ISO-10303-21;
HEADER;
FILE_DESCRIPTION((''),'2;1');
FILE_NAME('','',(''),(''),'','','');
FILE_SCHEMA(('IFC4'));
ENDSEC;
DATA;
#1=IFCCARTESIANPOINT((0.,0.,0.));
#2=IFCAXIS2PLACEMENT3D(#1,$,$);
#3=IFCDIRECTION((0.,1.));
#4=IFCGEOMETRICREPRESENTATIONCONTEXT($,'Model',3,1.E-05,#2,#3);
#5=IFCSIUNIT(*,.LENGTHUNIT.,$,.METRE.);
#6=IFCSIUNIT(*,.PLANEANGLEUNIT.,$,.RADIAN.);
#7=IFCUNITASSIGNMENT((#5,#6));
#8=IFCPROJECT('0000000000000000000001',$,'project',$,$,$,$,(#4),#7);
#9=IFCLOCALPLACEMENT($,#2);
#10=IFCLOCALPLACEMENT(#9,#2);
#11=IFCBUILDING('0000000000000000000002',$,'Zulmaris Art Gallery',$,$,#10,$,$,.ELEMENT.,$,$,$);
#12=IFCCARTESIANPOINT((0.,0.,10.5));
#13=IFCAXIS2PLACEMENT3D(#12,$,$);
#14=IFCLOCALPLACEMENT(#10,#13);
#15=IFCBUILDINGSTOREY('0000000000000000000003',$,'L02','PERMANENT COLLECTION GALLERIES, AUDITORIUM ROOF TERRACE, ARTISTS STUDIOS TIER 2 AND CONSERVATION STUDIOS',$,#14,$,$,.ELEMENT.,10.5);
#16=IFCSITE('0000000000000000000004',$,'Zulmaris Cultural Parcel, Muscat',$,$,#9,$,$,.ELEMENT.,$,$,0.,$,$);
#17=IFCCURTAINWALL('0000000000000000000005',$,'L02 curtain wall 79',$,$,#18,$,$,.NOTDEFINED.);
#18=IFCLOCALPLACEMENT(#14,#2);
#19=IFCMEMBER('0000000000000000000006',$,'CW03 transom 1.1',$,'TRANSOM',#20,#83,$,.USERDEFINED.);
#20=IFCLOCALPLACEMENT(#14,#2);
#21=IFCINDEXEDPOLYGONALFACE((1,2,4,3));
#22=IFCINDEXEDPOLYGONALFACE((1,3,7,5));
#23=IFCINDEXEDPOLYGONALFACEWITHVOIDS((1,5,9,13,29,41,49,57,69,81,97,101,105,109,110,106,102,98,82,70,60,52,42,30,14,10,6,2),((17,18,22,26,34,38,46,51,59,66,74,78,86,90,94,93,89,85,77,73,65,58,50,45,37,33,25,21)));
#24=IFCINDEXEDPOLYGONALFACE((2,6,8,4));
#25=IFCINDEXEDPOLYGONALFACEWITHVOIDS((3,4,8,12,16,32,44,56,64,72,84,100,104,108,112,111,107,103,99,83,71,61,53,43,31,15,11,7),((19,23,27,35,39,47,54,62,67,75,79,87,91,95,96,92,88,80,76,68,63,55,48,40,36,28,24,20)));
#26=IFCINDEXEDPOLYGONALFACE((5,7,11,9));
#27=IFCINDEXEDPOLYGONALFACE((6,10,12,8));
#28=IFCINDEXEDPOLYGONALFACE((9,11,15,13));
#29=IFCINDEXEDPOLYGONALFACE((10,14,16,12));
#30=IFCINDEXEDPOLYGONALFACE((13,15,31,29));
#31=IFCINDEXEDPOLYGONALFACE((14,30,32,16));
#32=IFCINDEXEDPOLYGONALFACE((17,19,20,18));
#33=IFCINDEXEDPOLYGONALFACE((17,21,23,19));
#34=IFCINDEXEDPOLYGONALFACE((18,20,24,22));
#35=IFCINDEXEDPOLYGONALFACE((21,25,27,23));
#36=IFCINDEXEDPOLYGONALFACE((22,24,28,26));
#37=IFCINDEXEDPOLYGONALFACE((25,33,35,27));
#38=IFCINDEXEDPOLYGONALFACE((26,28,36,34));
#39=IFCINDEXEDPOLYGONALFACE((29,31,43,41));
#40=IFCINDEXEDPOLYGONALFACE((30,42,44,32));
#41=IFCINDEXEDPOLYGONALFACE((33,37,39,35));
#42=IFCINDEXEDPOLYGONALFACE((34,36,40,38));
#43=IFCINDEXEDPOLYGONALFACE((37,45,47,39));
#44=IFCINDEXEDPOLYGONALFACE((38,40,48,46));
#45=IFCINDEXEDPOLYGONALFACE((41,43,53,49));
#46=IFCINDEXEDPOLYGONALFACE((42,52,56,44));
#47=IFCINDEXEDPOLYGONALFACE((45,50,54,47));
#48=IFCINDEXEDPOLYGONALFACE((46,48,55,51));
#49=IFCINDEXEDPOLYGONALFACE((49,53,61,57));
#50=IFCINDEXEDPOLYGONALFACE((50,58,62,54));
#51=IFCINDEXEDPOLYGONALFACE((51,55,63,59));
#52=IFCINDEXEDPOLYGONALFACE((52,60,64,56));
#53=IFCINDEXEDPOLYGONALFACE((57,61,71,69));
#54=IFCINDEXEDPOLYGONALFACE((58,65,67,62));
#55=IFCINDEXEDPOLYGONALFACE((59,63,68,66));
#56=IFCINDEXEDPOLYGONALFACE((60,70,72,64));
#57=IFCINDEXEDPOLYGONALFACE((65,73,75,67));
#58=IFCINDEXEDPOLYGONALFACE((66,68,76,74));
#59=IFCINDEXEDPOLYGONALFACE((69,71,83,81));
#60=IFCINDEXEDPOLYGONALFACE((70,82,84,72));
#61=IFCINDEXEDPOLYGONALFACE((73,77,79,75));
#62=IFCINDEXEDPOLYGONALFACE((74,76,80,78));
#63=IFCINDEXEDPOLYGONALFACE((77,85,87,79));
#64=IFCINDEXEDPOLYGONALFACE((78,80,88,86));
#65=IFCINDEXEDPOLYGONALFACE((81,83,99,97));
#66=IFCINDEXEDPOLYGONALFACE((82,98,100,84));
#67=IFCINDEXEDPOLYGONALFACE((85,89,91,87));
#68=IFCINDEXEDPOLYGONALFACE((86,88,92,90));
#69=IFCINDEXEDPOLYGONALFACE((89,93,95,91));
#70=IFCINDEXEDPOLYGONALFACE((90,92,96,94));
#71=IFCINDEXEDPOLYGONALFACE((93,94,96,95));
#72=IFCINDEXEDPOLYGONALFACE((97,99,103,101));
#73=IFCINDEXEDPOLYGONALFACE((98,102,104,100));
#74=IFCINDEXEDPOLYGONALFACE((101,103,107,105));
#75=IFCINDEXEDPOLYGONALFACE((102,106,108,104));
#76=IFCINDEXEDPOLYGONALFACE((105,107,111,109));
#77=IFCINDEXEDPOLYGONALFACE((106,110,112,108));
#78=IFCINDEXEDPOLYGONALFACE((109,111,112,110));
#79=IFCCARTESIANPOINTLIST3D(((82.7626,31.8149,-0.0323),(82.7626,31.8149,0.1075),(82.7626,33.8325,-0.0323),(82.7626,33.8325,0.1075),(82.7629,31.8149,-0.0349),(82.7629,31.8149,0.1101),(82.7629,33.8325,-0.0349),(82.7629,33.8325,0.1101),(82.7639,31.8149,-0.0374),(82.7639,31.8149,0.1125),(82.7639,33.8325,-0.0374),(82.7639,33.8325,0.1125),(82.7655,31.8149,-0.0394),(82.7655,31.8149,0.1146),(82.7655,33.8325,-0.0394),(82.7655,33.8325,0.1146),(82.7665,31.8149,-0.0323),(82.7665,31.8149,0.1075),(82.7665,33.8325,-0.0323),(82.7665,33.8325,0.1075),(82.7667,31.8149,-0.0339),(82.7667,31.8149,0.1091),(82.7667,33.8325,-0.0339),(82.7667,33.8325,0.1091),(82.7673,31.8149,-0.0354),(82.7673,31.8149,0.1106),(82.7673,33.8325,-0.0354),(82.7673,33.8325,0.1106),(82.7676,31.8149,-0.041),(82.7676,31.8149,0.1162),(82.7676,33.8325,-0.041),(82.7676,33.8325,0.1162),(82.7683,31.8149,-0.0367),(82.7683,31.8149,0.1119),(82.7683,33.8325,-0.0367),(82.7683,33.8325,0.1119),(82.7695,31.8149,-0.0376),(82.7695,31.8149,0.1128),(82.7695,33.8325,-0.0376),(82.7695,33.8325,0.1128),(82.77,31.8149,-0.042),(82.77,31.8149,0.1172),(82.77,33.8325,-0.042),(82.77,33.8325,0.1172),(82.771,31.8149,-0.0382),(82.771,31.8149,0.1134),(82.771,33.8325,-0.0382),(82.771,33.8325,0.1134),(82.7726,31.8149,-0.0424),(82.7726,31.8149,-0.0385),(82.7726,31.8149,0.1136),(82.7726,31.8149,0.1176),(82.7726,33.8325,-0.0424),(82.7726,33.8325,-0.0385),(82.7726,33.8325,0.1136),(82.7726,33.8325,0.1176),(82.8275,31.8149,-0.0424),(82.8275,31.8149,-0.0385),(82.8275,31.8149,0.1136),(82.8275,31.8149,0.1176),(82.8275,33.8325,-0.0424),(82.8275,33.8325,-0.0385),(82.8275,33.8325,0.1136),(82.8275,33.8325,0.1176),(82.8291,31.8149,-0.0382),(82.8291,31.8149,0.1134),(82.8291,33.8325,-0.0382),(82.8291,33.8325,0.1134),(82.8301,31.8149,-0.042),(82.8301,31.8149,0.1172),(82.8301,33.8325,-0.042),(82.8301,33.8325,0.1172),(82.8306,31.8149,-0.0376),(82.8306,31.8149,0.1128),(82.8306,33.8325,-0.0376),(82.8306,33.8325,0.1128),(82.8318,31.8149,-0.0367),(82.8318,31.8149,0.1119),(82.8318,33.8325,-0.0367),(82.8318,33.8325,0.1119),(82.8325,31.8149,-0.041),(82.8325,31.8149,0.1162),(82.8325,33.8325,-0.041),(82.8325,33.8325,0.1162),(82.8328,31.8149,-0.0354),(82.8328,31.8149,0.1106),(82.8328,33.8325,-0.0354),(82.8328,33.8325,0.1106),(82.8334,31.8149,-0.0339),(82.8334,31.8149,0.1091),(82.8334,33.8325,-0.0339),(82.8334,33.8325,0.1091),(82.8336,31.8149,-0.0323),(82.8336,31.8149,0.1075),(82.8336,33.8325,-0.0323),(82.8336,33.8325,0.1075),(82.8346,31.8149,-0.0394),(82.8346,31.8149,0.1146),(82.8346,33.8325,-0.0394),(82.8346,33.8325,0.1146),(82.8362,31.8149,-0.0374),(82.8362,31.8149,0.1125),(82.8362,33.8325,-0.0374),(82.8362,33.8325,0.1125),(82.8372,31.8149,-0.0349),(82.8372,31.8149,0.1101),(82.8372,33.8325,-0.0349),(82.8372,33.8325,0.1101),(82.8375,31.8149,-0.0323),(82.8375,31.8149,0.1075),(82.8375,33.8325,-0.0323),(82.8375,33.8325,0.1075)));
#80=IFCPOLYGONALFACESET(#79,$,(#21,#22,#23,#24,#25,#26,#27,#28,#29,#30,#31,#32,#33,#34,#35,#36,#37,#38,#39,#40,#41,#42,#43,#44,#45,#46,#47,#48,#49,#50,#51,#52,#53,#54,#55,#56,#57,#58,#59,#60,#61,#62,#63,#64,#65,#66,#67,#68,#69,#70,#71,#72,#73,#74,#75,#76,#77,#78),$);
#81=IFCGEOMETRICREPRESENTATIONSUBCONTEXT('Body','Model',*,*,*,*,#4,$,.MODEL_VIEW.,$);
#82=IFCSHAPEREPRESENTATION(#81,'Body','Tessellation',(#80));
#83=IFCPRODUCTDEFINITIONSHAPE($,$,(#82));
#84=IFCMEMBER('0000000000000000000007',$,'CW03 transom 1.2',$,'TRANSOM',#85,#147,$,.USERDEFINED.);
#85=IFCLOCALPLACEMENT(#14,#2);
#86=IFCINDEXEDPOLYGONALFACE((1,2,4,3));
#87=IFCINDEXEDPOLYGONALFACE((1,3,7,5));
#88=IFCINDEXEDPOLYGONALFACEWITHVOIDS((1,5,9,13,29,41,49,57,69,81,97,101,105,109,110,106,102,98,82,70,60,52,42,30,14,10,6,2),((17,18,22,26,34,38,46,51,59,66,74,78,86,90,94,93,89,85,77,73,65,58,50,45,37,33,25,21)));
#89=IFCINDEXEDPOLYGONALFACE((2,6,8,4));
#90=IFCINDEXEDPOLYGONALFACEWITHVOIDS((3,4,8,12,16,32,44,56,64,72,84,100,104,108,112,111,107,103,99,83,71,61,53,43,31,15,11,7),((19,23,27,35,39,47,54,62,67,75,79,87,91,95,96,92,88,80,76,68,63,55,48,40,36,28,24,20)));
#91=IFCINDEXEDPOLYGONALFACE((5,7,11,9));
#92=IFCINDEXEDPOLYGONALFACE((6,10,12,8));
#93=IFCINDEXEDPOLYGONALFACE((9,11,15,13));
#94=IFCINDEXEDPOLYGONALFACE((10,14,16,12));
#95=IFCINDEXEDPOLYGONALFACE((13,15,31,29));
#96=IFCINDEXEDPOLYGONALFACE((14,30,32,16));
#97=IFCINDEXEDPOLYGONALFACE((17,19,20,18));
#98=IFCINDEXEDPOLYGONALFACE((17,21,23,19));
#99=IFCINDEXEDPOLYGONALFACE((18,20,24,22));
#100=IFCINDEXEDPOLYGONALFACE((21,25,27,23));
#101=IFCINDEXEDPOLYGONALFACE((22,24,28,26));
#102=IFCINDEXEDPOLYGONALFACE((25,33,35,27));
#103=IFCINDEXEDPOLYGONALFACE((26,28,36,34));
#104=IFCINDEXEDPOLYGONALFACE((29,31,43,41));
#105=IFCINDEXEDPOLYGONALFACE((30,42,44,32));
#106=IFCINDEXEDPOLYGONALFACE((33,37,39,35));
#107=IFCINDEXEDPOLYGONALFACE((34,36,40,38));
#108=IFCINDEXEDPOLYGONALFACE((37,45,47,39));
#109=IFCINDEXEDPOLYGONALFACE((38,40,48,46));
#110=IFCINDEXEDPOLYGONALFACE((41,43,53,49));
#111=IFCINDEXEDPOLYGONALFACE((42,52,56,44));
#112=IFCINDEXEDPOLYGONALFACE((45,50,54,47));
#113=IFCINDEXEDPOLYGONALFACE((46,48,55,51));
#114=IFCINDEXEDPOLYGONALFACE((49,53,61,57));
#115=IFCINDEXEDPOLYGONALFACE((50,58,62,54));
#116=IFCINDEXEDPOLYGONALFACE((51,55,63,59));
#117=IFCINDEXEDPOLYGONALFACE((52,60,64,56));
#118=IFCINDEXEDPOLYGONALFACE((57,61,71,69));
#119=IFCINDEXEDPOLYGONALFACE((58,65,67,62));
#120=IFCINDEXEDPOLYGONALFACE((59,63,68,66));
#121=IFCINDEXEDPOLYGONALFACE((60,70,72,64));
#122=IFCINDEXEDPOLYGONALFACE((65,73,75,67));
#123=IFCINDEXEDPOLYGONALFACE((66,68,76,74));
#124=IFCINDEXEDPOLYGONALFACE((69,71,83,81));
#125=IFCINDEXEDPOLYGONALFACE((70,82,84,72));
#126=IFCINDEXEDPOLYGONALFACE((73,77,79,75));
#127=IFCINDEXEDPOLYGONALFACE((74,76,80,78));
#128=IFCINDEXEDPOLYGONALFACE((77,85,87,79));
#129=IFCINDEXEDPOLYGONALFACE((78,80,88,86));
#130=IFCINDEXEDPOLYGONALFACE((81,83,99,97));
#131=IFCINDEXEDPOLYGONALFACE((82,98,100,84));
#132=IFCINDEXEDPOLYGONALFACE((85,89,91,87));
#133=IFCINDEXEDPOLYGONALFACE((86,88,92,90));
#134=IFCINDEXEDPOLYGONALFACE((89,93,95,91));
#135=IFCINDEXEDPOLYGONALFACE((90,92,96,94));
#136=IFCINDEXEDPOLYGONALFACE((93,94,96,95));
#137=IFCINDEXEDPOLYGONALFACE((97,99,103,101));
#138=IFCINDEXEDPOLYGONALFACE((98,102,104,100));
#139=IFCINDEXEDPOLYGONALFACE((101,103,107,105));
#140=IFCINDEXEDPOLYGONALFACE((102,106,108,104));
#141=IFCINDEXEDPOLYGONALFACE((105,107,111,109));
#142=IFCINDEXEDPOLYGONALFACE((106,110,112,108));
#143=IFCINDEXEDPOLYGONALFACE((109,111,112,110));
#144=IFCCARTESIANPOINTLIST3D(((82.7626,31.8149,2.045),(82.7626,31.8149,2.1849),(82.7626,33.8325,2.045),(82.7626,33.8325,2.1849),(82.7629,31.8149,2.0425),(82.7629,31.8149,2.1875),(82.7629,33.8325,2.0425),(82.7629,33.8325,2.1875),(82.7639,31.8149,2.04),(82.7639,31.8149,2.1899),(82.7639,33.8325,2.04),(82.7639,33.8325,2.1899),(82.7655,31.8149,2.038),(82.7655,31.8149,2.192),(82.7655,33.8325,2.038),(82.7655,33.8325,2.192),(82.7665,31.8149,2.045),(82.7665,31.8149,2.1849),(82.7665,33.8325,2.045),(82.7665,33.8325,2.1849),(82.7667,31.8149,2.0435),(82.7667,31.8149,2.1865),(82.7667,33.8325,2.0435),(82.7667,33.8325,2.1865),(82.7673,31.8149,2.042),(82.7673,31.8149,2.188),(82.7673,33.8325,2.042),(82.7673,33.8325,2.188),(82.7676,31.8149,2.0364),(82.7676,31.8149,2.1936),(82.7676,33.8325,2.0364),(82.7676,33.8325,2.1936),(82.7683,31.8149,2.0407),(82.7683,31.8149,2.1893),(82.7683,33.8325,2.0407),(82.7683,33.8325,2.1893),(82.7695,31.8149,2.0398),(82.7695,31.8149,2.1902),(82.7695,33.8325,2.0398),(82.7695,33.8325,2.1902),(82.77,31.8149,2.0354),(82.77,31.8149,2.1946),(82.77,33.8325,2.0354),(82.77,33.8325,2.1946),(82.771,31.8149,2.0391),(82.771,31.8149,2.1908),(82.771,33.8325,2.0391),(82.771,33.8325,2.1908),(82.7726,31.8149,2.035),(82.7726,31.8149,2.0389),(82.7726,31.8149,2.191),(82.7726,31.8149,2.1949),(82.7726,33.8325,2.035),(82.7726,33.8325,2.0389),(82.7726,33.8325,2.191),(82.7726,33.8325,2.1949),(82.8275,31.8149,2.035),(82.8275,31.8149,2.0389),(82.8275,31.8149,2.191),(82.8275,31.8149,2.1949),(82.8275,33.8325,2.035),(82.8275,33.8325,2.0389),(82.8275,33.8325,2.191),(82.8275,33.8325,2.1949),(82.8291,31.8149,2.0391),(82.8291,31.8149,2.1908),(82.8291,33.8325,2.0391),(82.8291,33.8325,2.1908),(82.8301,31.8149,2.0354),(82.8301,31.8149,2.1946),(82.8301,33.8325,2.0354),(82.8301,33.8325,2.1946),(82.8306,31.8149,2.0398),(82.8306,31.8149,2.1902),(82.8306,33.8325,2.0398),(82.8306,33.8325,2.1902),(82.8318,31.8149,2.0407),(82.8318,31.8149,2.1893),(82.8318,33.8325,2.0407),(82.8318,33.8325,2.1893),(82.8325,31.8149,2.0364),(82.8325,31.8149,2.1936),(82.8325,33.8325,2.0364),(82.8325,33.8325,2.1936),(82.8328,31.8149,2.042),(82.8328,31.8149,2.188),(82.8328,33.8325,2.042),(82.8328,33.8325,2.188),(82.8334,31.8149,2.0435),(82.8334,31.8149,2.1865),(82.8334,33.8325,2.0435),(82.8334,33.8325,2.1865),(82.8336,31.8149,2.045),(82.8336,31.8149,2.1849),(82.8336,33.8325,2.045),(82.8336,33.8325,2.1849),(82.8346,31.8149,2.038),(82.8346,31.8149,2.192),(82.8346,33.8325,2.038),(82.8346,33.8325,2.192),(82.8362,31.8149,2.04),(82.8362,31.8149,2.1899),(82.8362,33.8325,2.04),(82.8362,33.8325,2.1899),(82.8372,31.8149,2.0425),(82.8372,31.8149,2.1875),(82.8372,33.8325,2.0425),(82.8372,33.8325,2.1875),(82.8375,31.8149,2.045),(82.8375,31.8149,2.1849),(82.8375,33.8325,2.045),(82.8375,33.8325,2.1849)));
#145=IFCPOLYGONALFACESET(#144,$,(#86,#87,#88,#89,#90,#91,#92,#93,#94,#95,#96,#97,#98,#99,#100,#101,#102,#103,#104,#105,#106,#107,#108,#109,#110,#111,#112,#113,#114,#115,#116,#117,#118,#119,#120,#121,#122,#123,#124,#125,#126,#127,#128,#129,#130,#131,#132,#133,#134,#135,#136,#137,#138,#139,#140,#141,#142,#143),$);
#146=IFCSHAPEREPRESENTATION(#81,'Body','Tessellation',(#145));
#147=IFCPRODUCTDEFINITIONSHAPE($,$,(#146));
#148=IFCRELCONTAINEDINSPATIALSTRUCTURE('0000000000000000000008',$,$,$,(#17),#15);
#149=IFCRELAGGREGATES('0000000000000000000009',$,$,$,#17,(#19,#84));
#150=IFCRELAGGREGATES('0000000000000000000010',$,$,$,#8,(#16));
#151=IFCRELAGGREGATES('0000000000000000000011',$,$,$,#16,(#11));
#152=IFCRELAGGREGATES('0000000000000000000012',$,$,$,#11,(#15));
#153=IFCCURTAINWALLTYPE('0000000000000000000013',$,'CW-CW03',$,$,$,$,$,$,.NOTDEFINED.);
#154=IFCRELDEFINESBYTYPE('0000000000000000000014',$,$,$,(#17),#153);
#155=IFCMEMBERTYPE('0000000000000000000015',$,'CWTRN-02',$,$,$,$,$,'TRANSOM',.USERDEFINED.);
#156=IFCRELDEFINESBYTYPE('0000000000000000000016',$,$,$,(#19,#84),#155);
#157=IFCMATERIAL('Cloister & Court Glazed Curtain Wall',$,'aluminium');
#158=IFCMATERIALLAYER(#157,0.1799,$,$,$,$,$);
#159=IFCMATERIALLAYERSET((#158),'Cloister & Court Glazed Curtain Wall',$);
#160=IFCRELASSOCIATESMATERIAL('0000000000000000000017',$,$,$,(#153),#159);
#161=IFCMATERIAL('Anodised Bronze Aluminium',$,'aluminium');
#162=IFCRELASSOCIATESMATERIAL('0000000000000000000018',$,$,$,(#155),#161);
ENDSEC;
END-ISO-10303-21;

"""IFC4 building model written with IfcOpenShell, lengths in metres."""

from ifc_helpers import new_model, si_unit, direction, frame, origin, origin_2d, place, context, subcontext, project, spatial, hollow_rectangle, extrude, material, layer, layer_set, material_profile, profile_set, type_object, element, aggregate, save


model = new_model("IFC4")

# Units and contexts
model_context = context("Model", 3, precision=1e-05, world=origin(), true_north=direction((0.0, 1.0)))
body_context = subcontext(model_context, "Body", "Model", "MODEL_VIEW")
ifc_project = project(units=[si_unit("LENGTHUNIT", "METRE"), si_unit("PLANEANGLEUNIT", "RADIAN")], contexts=[model_context])

# Site, building, storey
site_placement = place(None, origin())
site = spatial("IfcSite", under=ifc_project, at=site_placement, Name="Zulmaris Cultural Parcel, Muscat", CompositionType="ELEMENT", RefElevation=0.0)
building_placement = place(site_placement, origin())
building = spatial("IfcBuilding", under=site, at=building_placement, Name="Zulmaris Art Gallery", CompositionType="ELEMENT")
storey_placement = place(building_placement, frame((0.0, 0.0, 10.5)))
storey = spatial("IfcBuildingStorey", under=building, at=storey_placement, Name="L02", Description="PERMANENT COLLECTION GALLERIES, AUDITORIUM ROOF TERRACE, ARTISTS STUDIOS TIER 2 AND CONSERVATION STUDIOS", CompositionType="ELEMENT", Elevation=10.5)

# Curtain wall, members
ifc_material_1 = material(Name="Cloister & Court Glazed Curtain Wall", Category="aluminium")
ifc_layer_1 = layer(ifc_material_1, 0.1799)
ifc_layer_set_1 = layer_set([ifc_layer_1], Name="Cloister & Court Glazed Curtain Wall")
curtain_wall_type = type_object("IfcCurtainWallType", Name="CW-CW03", PredefinedType="NOTDEFINED", material=ifc_layer_set_1)
ifc_material_2 = material(Name="Anodised Bronze Aluminium", Category="aluminium")
ifc_material_profile_1 = material_profile(ifc_material_2, hollow_rectangle(XDim=0.075, YDim=0.1599, WallThickness=0.0039, InnerFilletRadius=0.0061, OuterFilletRadius=0.01, at=origin_2d()), Name="ALU 75x160x4")
ifc_profile_set_1 = profile_set([ifc_material_profile_1], Name="Anodised Bronze Aluminium")
member_type_1 = type_object("IfcMemberType", Name="CWTRN-02", ElementType="TRANSOM", PredefinedType="USERDEFINED", material=ifc_profile_set_1)
curtain_wall_1_placement = place(storey_placement, origin())
curtain_wall_1 = element("IfcCurtainWall", 1, at=curtain_wall_1_placement, inside=storey, type_object=curtain_wall_type, Name="L02 curtain wall 79", PredefinedType="NOTDEFINED")
member_1_placement = place(storey_placement, frame((82.8, 31.8149, 0.0376), z_axis=(0.0, 1.0, 0.0), x_axis=(-1.0, 0.0, 0.0)))
member_1 = element("IfcMember", 2, at=member_1_placement, type_object=member_type_1, Name="CW03 transom 1.1", ObjectType="TRANSOM", PredefinedType="USERDEFINED", context=body_context, shape_type="SweptSolid", body=[
    extrude(hollow_rectangle(XDim=0.075, YDim=0.1599, WallThickness=0.0039, InnerFilletRadius=0.0061, OuterFilletRadius=0.01, at=origin_2d()), origin(), (0.0, 0.0, 1.0), 2.0176),
])
member_2_placement = place(storey_placement, frame((82.8, 31.8149, 2.115), z_axis=(0.0, 1.0, 0.0), x_axis=(-1.0, 0.0, 0.0)))
member_2 = element("IfcMember", 3, at=member_2_placement, type_object=member_type_1, Name="CW03 transom 1.2", ObjectType="TRANSOM", PredefinedType="USERDEFINED", context=body_context, shape_type="SweptSolid", body=[
    extrude(hollow_rectangle(XDim=0.075, YDim=0.1599, WallThickness=0.0039, InnerFilletRadius=0.0061, OuterFilletRadius=0.01, at=origin_2d()), origin(), (0.0, 0.0, 1.0), 2.0176),
])

aggregate(curtain_wall_1, [member_1, member_2])

save(model, "model.ifc")
